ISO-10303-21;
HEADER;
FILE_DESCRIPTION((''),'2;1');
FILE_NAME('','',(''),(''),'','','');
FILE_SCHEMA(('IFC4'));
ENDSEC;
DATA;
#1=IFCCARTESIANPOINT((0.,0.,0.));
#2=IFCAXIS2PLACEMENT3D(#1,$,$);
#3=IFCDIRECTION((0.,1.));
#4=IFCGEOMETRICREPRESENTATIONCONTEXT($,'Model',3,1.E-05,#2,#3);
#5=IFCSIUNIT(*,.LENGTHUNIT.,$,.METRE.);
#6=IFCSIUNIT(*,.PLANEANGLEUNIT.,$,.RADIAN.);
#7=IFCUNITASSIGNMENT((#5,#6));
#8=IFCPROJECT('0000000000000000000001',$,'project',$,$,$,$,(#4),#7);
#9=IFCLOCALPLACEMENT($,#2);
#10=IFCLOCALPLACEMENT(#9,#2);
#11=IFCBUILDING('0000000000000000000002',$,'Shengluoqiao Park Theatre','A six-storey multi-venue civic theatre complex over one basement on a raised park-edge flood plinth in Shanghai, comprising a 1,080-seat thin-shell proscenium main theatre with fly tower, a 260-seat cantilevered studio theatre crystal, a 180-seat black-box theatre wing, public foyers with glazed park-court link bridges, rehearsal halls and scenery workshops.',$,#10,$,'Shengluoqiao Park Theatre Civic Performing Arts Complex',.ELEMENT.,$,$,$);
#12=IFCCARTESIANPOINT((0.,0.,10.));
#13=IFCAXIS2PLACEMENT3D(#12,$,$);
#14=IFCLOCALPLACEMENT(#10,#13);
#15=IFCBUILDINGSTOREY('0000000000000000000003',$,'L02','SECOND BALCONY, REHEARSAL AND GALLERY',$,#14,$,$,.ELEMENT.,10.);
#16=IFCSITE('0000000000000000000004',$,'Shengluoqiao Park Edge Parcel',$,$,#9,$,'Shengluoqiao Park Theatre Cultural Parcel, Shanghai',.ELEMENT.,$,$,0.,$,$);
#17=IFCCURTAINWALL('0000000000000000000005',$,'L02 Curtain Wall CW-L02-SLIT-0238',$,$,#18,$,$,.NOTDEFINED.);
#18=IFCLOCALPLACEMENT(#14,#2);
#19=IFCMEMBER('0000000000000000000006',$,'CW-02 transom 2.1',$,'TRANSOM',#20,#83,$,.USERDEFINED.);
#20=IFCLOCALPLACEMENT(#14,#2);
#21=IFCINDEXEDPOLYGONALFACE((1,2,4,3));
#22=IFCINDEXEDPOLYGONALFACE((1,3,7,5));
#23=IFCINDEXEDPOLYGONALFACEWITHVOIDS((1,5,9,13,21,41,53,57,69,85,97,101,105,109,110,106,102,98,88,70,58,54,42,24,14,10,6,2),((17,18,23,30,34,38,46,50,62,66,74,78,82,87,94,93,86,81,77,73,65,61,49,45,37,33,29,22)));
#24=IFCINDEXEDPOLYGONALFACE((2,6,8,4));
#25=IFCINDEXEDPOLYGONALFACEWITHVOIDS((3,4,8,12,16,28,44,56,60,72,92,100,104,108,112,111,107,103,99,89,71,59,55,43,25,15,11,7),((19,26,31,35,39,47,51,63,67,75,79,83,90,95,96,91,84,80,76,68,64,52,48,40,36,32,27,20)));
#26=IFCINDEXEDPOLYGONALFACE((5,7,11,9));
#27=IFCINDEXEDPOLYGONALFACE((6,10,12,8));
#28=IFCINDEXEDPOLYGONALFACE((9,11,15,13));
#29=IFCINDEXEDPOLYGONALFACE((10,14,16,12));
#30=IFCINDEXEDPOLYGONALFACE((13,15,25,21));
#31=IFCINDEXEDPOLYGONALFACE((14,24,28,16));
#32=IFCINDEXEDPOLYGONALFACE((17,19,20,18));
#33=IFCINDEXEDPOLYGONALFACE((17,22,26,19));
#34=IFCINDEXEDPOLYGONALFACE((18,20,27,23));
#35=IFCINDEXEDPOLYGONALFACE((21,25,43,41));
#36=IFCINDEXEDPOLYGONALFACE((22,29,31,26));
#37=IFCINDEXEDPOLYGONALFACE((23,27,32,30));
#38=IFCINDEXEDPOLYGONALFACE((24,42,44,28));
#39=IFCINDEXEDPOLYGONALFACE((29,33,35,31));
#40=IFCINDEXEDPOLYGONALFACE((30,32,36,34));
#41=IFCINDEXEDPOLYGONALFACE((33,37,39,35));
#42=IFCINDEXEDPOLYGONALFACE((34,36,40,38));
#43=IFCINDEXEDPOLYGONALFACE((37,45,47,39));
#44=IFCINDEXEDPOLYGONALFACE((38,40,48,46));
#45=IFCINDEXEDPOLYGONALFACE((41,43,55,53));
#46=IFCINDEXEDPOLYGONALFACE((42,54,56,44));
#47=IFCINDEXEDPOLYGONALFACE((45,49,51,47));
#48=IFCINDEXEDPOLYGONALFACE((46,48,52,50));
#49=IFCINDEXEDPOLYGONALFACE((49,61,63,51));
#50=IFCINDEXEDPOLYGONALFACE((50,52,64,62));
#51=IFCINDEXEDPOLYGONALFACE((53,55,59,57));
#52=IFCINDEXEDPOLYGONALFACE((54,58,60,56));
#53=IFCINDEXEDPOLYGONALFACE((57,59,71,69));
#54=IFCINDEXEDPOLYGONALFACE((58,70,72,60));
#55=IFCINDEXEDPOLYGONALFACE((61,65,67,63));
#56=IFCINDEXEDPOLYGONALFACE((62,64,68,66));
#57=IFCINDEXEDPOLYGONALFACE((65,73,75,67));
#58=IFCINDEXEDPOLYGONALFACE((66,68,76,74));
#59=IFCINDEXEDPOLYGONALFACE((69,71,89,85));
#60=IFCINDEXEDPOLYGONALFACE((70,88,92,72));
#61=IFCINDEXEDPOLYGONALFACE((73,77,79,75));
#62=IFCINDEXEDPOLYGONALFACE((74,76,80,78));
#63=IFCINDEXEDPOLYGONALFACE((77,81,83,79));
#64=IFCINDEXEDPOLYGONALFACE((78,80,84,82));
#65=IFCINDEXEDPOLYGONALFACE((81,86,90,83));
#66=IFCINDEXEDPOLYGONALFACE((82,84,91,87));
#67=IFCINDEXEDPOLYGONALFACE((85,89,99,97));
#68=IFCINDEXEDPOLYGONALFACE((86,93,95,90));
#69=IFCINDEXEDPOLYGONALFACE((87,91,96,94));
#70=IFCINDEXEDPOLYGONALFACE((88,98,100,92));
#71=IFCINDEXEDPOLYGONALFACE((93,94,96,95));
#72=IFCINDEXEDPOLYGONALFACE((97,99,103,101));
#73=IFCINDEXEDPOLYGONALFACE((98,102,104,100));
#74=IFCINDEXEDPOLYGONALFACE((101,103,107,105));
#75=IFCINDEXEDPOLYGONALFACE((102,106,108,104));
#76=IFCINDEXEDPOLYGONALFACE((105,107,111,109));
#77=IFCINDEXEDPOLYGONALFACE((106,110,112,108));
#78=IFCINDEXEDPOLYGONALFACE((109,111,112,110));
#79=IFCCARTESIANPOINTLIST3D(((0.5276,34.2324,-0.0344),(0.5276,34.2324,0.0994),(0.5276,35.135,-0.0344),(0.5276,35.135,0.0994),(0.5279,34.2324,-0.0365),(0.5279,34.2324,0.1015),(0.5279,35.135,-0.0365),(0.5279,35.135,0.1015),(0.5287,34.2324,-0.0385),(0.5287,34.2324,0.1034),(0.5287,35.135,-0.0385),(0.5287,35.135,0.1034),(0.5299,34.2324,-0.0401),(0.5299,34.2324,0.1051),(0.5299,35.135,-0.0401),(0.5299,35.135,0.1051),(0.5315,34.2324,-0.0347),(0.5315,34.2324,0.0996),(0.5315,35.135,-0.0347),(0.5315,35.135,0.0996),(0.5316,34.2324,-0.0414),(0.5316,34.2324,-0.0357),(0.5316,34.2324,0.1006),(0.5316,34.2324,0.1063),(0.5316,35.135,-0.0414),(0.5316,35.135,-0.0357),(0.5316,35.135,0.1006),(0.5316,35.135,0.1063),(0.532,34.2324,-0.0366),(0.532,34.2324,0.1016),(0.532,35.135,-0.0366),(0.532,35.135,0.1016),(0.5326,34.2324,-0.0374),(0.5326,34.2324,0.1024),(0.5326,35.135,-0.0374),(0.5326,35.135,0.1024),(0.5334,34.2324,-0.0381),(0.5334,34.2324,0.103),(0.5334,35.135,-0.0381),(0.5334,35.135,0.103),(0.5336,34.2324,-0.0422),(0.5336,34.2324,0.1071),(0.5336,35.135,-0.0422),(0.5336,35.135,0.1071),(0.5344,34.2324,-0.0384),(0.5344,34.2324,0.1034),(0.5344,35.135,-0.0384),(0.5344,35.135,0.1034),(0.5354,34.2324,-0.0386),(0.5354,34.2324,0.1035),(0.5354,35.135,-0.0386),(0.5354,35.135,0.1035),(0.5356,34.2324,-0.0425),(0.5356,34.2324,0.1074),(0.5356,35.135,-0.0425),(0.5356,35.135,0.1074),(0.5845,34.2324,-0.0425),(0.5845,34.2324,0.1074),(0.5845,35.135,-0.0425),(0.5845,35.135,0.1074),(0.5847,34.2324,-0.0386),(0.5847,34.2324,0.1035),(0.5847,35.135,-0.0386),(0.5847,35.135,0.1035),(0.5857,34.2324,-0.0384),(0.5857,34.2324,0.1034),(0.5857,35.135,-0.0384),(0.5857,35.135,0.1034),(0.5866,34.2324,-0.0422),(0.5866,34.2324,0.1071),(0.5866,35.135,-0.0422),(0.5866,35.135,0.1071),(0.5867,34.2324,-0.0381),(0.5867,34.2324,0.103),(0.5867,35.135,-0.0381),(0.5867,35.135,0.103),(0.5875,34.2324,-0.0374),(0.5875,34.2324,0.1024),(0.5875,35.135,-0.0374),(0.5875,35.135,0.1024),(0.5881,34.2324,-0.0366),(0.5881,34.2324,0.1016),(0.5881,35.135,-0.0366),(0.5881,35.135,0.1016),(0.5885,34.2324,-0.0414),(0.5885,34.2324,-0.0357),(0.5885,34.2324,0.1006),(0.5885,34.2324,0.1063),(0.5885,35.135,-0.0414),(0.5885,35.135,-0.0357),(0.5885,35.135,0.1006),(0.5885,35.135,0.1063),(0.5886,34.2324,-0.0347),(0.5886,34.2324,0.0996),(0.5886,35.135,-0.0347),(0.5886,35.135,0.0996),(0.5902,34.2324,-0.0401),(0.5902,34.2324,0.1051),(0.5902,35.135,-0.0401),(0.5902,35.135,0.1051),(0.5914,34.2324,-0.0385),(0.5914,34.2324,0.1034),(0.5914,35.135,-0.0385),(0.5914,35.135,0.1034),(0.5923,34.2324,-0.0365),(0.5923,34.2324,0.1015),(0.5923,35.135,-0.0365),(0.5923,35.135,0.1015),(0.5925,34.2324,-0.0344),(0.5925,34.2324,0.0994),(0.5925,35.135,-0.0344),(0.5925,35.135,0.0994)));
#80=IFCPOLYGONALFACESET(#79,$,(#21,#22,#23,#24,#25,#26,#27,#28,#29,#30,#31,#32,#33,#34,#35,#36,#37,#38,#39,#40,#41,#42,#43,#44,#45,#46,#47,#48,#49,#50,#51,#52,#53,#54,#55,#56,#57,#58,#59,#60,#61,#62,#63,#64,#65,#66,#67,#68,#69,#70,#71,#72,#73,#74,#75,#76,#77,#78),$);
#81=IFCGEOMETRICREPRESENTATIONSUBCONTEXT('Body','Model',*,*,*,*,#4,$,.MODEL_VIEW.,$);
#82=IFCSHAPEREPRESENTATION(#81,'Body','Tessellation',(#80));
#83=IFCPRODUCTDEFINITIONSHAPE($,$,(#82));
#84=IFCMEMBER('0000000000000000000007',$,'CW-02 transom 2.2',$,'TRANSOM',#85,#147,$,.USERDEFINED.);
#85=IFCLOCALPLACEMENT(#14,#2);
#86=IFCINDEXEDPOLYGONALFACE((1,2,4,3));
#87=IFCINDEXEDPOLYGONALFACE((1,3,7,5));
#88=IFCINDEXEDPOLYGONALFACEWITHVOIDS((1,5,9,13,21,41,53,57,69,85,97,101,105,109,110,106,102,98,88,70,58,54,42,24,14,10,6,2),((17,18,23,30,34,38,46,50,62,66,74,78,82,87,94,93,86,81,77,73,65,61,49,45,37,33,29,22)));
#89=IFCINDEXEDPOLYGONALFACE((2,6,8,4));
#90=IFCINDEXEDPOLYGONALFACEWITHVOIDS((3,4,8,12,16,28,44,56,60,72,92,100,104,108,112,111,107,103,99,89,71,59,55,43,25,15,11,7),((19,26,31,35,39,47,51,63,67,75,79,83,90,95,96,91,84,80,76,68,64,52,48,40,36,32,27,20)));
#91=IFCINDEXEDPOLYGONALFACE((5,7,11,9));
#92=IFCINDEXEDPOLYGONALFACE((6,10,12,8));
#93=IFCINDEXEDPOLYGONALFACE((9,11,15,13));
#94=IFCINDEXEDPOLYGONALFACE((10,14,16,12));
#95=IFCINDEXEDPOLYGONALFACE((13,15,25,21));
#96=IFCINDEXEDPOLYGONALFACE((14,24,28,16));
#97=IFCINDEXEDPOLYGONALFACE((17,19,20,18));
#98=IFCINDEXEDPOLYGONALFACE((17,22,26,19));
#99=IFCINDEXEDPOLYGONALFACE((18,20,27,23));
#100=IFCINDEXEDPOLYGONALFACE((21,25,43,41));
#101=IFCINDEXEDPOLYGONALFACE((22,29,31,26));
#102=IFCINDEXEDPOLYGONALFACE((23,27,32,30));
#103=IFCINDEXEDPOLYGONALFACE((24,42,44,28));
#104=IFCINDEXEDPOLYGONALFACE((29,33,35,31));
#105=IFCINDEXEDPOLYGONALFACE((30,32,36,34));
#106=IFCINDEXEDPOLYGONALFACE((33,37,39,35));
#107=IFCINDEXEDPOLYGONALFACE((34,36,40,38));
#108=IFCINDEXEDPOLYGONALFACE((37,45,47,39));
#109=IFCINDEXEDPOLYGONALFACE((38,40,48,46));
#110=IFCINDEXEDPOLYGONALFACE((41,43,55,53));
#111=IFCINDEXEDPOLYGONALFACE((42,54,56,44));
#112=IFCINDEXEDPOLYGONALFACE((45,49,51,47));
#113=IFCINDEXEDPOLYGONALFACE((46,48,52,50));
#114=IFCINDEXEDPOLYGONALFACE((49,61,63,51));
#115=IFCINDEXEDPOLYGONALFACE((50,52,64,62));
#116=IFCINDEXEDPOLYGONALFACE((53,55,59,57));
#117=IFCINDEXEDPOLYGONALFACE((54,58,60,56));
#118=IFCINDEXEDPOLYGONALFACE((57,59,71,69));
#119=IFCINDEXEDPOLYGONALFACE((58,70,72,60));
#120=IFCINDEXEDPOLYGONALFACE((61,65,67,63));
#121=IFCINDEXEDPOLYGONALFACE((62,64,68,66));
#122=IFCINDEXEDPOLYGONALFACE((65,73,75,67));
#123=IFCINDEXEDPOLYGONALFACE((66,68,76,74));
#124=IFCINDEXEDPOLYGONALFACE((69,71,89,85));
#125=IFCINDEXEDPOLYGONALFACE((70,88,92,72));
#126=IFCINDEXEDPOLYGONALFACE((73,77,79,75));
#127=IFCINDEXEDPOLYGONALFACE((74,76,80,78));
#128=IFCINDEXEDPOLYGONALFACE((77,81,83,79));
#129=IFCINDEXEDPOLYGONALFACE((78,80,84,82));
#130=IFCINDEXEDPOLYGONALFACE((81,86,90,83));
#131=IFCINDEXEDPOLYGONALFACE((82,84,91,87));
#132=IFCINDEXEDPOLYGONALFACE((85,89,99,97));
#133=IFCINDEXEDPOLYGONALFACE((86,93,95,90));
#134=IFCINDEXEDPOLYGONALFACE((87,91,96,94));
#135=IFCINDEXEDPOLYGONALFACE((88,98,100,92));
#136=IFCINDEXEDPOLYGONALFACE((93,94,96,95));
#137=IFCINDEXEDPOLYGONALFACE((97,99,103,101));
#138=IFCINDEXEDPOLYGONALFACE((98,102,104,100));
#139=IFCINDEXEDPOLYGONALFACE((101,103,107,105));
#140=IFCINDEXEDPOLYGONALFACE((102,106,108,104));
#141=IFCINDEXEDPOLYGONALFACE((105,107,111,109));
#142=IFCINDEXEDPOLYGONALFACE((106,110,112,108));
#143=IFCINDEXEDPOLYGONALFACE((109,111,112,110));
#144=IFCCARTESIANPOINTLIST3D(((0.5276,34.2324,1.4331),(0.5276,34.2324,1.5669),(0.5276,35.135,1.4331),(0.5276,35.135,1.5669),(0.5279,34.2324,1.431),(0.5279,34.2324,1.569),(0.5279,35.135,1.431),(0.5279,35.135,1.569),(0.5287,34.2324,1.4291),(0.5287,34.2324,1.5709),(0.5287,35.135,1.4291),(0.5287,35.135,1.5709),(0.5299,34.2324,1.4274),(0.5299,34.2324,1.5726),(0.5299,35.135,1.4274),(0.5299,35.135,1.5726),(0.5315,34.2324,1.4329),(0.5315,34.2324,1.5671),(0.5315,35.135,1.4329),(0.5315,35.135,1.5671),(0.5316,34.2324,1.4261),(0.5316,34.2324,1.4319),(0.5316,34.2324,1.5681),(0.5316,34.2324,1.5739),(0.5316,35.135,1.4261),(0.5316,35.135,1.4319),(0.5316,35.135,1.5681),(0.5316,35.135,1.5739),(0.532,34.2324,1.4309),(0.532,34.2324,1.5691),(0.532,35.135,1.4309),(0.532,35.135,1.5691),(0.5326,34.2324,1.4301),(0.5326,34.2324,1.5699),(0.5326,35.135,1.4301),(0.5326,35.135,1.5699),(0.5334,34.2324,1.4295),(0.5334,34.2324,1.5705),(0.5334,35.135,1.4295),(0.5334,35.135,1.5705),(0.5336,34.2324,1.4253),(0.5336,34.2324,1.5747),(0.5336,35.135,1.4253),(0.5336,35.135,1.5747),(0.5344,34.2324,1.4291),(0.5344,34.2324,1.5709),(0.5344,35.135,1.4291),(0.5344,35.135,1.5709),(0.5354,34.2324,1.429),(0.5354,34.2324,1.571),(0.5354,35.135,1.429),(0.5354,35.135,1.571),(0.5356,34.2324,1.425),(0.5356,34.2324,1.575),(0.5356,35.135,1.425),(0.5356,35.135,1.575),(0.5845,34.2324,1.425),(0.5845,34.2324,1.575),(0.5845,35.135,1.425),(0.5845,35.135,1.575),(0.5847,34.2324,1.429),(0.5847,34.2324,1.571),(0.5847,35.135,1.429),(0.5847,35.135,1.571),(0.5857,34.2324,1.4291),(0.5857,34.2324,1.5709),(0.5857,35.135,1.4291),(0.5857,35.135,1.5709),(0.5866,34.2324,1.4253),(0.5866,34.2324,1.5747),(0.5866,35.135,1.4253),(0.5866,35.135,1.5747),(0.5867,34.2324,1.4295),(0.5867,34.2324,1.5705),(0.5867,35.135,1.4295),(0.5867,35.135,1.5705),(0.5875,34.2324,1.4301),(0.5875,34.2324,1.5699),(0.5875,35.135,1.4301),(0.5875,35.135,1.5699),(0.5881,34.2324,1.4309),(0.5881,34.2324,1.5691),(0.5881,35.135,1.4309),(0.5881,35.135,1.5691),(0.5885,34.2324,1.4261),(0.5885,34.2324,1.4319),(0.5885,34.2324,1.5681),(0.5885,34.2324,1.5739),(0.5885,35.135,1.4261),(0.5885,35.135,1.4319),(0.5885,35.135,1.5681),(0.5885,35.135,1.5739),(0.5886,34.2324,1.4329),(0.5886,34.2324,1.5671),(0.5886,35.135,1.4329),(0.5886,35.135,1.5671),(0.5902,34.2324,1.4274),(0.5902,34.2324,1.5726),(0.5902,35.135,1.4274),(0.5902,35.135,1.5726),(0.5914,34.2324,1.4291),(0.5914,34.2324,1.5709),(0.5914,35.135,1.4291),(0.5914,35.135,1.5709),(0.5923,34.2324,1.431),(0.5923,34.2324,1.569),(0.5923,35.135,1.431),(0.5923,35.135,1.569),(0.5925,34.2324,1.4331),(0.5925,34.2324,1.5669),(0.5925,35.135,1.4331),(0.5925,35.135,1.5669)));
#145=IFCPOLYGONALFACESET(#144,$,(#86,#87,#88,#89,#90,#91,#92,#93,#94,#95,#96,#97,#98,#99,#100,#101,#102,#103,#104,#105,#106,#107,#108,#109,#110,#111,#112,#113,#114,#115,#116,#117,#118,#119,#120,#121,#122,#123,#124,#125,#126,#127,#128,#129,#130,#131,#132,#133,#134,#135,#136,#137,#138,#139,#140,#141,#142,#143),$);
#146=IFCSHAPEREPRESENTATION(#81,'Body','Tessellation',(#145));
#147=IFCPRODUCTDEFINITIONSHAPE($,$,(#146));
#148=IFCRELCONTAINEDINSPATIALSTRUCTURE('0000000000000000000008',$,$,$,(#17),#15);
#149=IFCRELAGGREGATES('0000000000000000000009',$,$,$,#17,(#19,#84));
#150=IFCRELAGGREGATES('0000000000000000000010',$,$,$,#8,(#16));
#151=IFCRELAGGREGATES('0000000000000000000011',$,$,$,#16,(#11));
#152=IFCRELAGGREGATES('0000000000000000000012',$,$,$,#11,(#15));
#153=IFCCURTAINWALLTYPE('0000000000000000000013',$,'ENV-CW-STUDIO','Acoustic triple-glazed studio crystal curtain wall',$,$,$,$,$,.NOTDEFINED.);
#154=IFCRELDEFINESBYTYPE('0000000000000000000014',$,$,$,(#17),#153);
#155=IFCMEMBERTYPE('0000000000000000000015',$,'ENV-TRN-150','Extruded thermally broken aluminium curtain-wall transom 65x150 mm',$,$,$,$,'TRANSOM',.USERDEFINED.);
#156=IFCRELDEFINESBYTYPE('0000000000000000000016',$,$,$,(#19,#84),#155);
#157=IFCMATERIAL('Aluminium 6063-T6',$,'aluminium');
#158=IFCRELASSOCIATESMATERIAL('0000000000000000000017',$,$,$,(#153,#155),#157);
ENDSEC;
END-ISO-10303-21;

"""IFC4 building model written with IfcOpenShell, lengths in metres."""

from ifc_helpers import new_model, si_unit, direction, frame, origin, origin_2d, place, context, subcontext, project, spatial, hollow_rectangle, extrude, material, material_profile, profile_set, type_object, element, aggregate, save


model = new_model("IFC4")

# Units and contexts
model_context = context("Model", 3, precision=1e-05, world=origin(), true_north=direction((0.0, 1.0)))
body_context = subcontext(model_context, "Body", "Model", "MODEL_VIEW")
ifc_project = project(units=[si_unit("LENGTHUNIT", "METRE"), si_unit("PLANEANGLEUNIT", "RADIAN")], contexts=[model_context])

# Site, building, storey
site_placement = place(None, origin())
site = spatial("IfcSite", under=ifc_project, at=site_placement, Name="Shengluoqiao Park Edge Parcel", LongName="Shengluoqiao Park Theatre Cultural Parcel, Shanghai", CompositionType="ELEMENT", RefElevation=0.0)
building_placement = place(site_placement, origin())
building = spatial("IfcBuilding", under=site, at=building_placement, Name="Shengluoqiao Park Theatre", Description="A six-storey multi-venue civic theatre complex over one basement on a raised park-edge flood plinth in Shanghai, comprising a 1,080-seat thin-shell proscenium main theatre with fly tower, a 260-seat cantilevered studio theatre crystal, a 180-seat black-box theatre wing, public foyers with glazed park-court link bridges, rehearsal halls and scenery workshops.", LongName="Shengluoqiao Park Theatre Civic Performing Arts Complex", CompositionType="ELEMENT")
storey_placement = place(building_placement, frame((0.0, 0.0, 10.0)))
storey = spatial("IfcBuildingStorey", under=building, at=storey_placement, Name="L02", Description="SECOND BALCONY, REHEARSAL AND GALLERY", CompositionType="ELEMENT", Elevation=10.0)

# Curtain wall, members
ifc_material_1 = material(Name="Aluminium 6063-T6", Category="aluminium")
curtain_wall_type = type_object("IfcCurtainWallType", Name="ENV-CW-STUDIO", Description="Acoustic triple-glazed studio crystal curtain wall", PredefinedType="NOTDEFINED", material=ifc_material_1)
curtain_wall_placement = place(storey_placement, origin())
curtain_wall = element("IfcCurtainWall", 1, at=curtain_wall_placement, inside=storey, type_object=curtain_wall_type, Name="L02 Curtain Wall CW-L02-SLIT-0238", PredefinedType="NOTDEFINED")
ifc_material_profile_1 = material_profile(ifc_material_1, hollow_rectangle(XDim=0.0649, YDim=0.1499, WallThickness=0.0039, InnerFilletRadius=0.0039, OuterFilletRadius=0.0081, at=origin_2d()), Name="ALU TRANSOM 150x65x4")
ifc_profile_set_1 = profile_set([ifc_material_profile_1], Name="Aluminium 6063-T6")
member_type_1 = type_object("IfcMemberType", Name="ENV-TRN-150", Description="Extruded thermally broken aluminium curtain-wall transom 65x150 mm", ElementType="TRANSOM", PredefinedType="USERDEFINED", material=ifc_profile_set_1)
member_1_placement = place(storey_placement, frame((0.5601, 34.2324, 0.0325), z_axis=(0.0, 1.0, 0.0), x_axis=(-1.0, 0.0, 0.0)))
member_1 = element("IfcMember", 2, at=member_1_placement, type_object=member_type_1, Name="CW-02 transom 2.1", ObjectType="TRANSOM", PredefinedType="USERDEFINED", context=body_context, shape_type="SweptSolid", body=[
    extrude(hollow_rectangle(XDim=0.0649, YDim=0.1499, WallThickness=0.0039, InnerFilletRadius=0.0039, OuterFilletRadius=0.0081, at=origin_2d()), origin(), (0.0, 0.0, 1.0), 0.9026),
])
member_2_placement = place(storey_placement, frame((0.5601, 34.2324, 1.5), z_axis=(0.0, 1.0, 0.0), x_axis=(-1.0, 0.0, 0.0)))
member_2 = element("IfcMember", 3, at=member_2_placement, type_object=member_type_1, Name="CW-02 transom 2.2", ObjectType="TRANSOM", PredefinedType="USERDEFINED", context=body_context, shape_type="SweptSolid", body=[
    extrude(hollow_rectangle(XDim=0.0649, YDim=0.1499, WallThickness=0.0039, InnerFilletRadius=0.0039, OuterFilletRadius=0.0081, at=origin_2d()), origin(), (0.0, 0.0, 1.0), 0.9026),
])

aggregate(curtain_wall, [member_1, member_2])

save(model, "model.ifc")
